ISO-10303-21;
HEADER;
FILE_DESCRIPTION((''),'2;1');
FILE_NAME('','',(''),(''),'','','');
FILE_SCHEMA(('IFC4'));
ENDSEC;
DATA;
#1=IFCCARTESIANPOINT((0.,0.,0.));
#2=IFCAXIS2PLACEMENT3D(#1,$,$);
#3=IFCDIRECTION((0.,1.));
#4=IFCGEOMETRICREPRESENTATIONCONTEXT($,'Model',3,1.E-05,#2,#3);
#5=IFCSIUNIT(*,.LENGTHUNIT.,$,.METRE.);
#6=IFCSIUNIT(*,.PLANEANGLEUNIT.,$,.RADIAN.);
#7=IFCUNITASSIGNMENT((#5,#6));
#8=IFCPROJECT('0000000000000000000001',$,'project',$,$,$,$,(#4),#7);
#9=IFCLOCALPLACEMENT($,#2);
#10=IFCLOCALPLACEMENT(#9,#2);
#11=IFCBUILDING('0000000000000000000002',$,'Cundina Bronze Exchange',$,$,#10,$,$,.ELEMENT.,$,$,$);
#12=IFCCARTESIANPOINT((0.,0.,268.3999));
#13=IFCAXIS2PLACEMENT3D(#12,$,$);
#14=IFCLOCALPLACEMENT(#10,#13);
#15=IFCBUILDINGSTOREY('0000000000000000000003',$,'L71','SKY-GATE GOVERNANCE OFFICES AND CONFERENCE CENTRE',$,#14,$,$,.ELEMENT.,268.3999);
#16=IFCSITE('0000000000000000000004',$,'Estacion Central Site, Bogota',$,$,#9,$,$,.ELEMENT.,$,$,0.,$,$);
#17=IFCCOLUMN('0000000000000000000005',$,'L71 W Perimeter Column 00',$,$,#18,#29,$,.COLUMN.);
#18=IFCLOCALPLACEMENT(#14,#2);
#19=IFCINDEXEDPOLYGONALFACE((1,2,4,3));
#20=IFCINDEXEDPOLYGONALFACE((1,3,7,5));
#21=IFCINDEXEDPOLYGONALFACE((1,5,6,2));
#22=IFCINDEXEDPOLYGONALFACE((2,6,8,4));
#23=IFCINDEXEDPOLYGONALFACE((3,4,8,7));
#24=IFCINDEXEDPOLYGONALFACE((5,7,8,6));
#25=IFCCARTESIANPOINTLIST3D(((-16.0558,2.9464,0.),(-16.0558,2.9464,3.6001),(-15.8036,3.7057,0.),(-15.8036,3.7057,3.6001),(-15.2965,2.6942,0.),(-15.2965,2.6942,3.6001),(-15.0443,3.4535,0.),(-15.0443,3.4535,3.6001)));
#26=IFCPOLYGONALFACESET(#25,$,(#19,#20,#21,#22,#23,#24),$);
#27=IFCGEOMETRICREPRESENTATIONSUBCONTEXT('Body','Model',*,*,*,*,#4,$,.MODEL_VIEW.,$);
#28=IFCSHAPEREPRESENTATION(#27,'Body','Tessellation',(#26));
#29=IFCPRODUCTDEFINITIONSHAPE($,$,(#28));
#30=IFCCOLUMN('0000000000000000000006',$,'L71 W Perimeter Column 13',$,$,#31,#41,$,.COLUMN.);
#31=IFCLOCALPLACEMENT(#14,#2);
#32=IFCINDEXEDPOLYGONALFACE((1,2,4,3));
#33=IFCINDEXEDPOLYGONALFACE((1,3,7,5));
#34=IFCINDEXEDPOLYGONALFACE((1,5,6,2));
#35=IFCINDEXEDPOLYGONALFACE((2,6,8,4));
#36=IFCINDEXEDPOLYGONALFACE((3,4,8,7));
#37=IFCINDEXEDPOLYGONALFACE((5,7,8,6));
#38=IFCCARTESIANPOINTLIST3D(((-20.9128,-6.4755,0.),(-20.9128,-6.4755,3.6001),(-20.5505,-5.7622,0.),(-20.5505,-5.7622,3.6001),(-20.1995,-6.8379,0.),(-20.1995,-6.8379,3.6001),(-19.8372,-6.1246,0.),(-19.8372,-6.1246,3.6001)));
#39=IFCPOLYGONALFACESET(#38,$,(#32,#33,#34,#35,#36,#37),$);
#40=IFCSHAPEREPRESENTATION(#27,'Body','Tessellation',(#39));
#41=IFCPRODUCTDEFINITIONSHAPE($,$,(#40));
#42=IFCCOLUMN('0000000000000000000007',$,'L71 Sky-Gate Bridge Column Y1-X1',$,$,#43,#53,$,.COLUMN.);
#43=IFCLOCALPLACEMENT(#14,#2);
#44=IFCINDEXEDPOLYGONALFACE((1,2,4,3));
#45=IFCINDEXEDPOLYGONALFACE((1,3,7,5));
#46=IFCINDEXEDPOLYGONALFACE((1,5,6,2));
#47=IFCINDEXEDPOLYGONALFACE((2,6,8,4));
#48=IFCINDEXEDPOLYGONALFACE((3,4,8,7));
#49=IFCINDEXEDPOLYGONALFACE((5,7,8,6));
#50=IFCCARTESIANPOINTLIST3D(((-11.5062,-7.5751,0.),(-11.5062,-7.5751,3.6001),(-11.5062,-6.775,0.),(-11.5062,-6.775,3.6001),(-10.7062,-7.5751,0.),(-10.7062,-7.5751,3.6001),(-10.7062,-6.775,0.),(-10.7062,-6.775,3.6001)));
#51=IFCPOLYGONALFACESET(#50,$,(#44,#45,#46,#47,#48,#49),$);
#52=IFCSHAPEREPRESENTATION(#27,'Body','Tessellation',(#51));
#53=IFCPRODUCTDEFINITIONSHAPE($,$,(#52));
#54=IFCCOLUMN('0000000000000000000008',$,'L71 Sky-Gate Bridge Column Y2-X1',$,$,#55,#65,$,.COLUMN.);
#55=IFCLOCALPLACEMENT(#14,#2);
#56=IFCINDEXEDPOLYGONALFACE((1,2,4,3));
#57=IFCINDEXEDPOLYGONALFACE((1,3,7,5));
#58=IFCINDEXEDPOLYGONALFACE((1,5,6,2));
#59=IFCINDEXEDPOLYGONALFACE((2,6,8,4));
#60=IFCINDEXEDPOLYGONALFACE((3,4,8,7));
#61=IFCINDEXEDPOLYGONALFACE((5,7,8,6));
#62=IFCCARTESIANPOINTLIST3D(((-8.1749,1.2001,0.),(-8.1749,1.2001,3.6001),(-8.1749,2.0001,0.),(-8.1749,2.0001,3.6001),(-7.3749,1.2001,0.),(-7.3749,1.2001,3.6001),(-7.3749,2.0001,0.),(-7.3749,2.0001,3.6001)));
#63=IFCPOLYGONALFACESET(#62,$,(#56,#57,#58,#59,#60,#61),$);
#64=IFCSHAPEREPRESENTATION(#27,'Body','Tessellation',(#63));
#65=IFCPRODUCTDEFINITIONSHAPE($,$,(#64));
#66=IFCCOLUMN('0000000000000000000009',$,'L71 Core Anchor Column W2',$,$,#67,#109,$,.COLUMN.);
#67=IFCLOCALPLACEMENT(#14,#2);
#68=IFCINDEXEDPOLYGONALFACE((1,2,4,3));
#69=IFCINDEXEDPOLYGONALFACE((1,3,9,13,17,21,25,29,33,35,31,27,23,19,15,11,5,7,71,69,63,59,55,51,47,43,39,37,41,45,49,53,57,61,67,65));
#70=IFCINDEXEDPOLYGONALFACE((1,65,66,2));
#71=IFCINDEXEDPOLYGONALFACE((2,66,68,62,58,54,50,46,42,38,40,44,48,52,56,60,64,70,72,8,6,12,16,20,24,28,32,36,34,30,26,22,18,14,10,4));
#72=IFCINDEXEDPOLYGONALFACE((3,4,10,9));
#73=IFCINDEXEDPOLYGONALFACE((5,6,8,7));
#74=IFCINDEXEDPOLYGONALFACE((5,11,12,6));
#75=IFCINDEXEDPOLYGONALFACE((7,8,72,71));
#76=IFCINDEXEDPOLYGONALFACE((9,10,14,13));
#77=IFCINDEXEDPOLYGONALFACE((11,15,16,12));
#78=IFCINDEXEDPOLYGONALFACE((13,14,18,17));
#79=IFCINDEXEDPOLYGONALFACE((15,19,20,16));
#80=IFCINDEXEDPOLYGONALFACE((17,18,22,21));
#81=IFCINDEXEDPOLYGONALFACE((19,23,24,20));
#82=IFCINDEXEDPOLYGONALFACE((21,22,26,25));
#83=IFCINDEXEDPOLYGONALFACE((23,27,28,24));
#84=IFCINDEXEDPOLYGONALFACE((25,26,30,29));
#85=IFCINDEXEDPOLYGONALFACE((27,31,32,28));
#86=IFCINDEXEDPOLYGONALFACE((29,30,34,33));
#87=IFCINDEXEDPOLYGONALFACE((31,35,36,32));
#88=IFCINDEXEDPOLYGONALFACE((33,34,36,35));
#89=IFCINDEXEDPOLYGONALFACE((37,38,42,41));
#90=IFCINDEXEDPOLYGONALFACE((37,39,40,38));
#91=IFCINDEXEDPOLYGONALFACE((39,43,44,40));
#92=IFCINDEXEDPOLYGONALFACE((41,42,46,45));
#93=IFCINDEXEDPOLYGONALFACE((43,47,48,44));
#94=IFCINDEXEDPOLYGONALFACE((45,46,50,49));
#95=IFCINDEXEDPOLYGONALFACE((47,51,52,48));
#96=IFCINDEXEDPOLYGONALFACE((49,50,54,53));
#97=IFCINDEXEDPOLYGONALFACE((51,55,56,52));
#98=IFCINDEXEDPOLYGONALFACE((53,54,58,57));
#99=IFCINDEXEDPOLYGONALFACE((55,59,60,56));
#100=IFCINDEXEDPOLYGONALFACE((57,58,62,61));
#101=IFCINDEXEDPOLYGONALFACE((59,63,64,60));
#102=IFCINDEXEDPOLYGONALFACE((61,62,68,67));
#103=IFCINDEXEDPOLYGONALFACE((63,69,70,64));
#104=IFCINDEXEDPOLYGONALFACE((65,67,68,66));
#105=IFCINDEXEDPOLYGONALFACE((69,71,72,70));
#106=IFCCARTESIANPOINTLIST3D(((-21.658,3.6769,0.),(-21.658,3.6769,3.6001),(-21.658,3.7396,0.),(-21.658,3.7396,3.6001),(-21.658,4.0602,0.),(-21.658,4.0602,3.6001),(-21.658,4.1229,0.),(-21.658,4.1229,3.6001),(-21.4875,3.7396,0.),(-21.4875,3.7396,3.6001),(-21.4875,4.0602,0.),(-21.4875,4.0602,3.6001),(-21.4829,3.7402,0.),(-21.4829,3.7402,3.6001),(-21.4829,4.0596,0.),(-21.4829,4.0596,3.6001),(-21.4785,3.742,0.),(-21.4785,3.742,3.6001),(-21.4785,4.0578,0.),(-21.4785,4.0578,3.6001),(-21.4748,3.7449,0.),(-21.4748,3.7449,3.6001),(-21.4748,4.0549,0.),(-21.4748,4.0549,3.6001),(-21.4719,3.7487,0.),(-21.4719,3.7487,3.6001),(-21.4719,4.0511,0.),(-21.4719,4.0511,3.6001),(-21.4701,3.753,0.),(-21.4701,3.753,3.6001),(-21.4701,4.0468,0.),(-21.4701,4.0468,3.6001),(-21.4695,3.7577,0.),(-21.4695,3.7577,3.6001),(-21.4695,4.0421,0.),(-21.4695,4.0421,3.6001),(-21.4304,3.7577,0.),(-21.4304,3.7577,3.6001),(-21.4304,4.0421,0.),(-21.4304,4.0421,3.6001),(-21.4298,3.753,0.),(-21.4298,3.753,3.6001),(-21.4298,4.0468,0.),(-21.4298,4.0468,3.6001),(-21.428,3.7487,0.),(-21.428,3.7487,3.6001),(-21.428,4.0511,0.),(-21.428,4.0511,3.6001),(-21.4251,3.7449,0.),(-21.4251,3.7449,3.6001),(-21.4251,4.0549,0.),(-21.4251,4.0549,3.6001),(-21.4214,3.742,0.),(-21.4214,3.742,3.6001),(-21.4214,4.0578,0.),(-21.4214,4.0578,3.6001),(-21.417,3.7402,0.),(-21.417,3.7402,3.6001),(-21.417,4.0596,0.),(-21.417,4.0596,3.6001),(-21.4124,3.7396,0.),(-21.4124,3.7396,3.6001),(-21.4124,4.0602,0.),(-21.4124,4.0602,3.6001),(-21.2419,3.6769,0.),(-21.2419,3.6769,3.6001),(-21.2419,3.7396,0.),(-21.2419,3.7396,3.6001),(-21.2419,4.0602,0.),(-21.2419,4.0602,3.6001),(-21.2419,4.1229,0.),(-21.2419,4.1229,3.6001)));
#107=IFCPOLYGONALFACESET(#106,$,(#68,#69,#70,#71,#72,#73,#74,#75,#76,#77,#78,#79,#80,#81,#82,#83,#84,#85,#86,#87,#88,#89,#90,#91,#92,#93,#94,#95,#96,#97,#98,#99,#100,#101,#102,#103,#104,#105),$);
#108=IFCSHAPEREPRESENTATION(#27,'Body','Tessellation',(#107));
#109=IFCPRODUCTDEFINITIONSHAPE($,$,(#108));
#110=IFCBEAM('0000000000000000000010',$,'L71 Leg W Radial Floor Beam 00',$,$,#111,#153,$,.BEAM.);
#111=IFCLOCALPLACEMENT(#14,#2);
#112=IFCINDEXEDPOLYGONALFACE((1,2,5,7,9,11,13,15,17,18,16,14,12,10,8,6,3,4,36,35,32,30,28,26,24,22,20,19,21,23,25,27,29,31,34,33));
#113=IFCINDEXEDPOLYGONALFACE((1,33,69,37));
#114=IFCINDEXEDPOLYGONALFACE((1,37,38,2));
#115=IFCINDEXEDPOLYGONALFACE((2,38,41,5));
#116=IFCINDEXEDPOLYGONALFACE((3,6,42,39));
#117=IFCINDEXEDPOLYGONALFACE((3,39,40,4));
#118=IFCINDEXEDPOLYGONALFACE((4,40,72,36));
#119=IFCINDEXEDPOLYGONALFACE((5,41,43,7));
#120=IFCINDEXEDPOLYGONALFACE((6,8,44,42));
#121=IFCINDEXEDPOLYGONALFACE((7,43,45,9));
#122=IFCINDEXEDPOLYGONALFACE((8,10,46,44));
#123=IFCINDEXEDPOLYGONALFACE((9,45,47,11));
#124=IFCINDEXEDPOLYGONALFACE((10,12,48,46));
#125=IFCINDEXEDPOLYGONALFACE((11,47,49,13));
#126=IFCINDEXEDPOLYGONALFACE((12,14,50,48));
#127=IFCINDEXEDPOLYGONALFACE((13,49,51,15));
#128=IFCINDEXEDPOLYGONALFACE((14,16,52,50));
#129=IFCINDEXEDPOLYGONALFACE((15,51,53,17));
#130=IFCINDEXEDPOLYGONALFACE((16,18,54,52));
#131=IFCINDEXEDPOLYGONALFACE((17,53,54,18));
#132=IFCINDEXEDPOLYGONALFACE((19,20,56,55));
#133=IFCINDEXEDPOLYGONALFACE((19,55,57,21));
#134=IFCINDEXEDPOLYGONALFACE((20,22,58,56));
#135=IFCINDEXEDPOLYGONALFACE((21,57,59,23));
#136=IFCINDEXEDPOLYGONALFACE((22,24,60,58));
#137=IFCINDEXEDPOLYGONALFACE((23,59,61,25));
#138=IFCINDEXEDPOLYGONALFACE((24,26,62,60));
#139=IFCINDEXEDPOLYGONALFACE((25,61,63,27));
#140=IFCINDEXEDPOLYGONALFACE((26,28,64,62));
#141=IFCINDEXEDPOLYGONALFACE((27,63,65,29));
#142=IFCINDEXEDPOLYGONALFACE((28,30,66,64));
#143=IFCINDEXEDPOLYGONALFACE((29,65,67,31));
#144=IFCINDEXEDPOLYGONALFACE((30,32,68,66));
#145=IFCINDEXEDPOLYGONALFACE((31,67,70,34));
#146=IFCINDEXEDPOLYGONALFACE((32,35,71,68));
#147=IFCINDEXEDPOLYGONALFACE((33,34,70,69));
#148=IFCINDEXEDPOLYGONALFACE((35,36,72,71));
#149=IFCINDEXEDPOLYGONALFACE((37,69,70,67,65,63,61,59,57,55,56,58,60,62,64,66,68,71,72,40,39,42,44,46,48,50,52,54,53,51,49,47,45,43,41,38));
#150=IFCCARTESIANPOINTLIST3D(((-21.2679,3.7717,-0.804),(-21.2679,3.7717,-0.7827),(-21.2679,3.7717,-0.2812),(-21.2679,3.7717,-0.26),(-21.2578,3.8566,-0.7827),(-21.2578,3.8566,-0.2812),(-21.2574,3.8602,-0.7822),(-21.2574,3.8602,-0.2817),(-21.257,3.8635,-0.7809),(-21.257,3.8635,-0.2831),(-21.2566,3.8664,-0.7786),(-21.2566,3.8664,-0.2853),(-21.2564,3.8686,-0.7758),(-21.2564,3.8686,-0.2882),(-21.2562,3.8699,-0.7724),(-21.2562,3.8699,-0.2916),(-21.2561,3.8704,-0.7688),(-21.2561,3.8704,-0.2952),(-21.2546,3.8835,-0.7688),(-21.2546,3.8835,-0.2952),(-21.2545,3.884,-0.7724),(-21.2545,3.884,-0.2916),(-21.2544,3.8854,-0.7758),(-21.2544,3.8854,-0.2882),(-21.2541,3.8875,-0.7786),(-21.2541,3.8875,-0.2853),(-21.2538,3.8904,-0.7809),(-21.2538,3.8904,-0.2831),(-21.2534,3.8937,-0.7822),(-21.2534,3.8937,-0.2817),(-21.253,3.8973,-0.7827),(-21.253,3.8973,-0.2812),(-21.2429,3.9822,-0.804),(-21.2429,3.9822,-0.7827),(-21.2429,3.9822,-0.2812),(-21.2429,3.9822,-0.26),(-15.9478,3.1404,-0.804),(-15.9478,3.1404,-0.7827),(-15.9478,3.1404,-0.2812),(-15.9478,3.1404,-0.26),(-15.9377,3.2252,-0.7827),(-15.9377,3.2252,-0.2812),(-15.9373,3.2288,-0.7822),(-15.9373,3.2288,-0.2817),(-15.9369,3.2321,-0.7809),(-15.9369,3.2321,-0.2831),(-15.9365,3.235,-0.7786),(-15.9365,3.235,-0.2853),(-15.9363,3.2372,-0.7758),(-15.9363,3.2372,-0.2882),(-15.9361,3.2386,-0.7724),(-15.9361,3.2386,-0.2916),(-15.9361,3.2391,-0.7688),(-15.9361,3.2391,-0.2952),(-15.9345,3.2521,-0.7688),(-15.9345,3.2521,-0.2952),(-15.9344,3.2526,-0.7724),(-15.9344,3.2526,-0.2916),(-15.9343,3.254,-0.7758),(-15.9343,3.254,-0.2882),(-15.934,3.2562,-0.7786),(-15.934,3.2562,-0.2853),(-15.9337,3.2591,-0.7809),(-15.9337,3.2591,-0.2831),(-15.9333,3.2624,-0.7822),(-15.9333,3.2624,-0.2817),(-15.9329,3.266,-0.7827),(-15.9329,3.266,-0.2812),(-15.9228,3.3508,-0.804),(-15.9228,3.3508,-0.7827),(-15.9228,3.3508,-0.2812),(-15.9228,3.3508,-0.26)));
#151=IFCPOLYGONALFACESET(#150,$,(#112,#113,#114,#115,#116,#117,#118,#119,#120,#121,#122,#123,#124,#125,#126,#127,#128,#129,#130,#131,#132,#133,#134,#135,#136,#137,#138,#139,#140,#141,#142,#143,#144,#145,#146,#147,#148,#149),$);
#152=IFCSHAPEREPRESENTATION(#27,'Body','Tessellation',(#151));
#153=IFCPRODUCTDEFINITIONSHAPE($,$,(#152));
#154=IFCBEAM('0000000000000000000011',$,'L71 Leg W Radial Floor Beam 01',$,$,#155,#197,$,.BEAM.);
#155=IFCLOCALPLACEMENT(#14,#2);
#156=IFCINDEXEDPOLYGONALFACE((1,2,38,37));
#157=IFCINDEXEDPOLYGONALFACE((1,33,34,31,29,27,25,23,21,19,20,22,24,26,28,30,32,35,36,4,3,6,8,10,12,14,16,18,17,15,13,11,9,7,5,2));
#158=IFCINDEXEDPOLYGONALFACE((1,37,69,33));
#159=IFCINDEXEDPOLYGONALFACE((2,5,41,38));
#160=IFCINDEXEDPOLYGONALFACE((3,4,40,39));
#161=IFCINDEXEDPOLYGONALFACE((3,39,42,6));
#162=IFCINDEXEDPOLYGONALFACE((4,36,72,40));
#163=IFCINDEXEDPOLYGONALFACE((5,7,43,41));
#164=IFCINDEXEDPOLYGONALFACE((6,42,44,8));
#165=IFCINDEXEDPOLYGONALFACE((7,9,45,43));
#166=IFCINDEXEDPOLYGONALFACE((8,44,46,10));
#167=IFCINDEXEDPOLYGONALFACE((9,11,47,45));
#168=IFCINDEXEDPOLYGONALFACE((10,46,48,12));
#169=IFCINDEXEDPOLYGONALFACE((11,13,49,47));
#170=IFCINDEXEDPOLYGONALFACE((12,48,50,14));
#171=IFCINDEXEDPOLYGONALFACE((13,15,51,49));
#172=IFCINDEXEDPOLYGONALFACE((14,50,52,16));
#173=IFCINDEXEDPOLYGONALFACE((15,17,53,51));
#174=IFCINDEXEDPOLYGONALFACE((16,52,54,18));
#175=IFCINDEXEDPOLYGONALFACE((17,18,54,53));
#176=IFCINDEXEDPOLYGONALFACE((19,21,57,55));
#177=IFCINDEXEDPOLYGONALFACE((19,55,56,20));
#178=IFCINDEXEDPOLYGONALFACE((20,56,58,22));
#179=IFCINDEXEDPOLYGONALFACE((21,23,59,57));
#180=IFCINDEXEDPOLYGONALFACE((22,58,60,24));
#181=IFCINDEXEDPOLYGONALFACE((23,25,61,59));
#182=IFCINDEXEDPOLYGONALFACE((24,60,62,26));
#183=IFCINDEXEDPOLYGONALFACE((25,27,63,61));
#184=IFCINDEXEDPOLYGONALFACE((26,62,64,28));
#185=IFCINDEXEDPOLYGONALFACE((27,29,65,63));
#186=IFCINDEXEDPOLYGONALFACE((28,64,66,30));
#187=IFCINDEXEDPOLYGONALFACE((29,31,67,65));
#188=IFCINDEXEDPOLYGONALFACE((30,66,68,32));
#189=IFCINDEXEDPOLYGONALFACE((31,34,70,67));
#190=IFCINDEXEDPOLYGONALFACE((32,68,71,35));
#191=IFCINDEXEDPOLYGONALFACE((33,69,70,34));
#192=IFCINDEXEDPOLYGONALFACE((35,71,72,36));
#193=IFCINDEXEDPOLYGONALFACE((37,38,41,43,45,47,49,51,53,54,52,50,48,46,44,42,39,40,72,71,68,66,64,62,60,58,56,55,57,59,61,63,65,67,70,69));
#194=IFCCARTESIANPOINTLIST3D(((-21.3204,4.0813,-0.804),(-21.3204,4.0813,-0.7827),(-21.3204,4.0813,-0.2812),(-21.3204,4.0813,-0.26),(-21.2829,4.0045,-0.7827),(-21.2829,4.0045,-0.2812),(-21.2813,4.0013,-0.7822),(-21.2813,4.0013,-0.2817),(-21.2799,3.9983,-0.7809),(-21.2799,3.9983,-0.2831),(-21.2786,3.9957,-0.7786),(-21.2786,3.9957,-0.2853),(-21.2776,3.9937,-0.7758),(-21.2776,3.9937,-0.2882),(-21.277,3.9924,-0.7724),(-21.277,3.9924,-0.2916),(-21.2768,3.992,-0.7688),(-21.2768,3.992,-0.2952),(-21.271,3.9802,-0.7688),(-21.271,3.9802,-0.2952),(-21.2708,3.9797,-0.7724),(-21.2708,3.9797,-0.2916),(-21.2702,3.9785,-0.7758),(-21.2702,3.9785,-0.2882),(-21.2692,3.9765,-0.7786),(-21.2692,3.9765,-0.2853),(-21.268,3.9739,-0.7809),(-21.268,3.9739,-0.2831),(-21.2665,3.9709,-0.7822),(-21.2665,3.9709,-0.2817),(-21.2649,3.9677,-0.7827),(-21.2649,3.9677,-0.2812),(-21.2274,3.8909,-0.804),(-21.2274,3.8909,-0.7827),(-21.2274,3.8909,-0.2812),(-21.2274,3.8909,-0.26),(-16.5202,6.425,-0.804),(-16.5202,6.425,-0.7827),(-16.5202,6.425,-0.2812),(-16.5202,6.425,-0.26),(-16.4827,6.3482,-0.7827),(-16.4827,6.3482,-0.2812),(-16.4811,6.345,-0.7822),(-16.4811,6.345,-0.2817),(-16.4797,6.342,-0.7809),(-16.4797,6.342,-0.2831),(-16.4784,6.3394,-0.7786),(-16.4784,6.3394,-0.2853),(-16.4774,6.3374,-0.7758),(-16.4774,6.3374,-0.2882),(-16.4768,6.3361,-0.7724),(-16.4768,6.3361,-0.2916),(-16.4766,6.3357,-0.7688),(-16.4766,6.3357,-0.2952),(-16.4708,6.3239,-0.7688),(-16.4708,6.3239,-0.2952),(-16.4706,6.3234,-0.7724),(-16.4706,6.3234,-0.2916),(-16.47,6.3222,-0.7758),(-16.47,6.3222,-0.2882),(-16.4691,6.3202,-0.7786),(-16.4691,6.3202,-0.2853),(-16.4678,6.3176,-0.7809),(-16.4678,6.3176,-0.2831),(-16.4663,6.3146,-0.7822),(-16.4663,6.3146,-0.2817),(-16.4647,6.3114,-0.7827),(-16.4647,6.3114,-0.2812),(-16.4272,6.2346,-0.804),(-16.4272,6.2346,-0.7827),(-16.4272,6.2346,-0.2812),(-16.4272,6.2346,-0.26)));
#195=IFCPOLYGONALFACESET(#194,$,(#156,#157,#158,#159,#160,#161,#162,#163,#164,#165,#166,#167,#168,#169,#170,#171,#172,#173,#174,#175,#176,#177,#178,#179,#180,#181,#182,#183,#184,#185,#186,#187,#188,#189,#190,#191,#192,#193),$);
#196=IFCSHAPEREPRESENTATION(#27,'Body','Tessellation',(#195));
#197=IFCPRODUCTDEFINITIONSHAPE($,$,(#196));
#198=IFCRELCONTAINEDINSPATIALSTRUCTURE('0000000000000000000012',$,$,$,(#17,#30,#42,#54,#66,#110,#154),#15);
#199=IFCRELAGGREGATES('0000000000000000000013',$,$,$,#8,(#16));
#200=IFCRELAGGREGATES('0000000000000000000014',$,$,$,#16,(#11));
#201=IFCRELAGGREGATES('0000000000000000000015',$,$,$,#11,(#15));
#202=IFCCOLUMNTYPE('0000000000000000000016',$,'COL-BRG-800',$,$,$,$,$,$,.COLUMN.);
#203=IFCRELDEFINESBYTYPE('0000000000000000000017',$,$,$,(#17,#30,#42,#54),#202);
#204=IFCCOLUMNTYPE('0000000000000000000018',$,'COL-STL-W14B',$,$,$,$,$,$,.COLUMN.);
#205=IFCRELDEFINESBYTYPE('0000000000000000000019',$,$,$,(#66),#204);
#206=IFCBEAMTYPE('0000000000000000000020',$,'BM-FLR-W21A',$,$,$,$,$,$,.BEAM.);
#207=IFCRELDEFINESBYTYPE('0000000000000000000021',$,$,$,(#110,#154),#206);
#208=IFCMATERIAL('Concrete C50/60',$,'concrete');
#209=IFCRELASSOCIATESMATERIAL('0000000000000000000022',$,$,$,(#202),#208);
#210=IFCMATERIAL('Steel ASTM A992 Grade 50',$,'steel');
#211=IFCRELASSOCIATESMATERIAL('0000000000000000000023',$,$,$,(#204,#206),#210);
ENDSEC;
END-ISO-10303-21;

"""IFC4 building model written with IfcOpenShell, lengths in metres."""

from ifc_helpers import new_model, si_unit, direction, frame, origin, origin_2d, place, context, subcontext, project, spatial, rectangle, i_section, extrude, material, material_profile, profile_set, type_object, element, save


model = new_model("IFC4")

# Units and contexts
model_context = context("Model", 3, precision=1e-05, world=origin(), true_north=direction((0.0, 1.0)))
body_context = subcontext(model_context, "Body", "Model", "MODEL_VIEW")
ifc_project = project(units=[si_unit("LENGTHUNIT", "METRE"), si_unit("PLANEANGLEUNIT", "RADIAN")], contexts=[model_context])

# Site, building, storey
site_placement = place(None, origin())
site = spatial("IfcSite", under=ifc_project, at=site_placement, Name="Estacion Central Site, Bogota", CompositionType="ELEMENT", RefElevation=0.0)
building_placement = place(site_placement, origin())
building = spatial("IfcBuilding", under=site, at=building_placement, Name="Cundina Bronze Exchange", CompositionType="ELEMENT")
storey_placement = place(building_placement, frame((0.0, 0.0, 268.3999)))
storey = spatial("IfcBuildingStorey", under=building, at=storey_placement, Name="L71", Description="SKY-GATE GOVERNANCE OFFICES AND CONFERENCE CENTRE", CompositionType="ELEMENT", Elevation=268.3999)

# Columns
ifc_material_1 = material(Name="Concrete C50/60", Category="concrete")
ifc_material_profile_1 = material_profile(ifc_material_1, rectangle(XDim=0.8, YDim=0.8, at=origin_2d()), Name="RC800X800", Category="concrete")
ifc_profile_set_1 = profile_set([ifc_material_profile_1], Name="Concrete C50/60")
column_type_1 = type_object("IfcColumnType", Name="COL-BRG-800", PredefinedType="COLUMN", material=ifc_profile_set_1)
for number, where, z_axis, x_axis, name in (
    (1, (-15.55, 3.2, 0.0), (0.0, 0.0, 1.0), (0.315152, 0.949041, 0.0), "L71 W Perimeter Column 00"),
    (2, (-20.375, -6.3, 0.0), (0.0, 0.0, 1.0), (0.452902, 0.891561, 0.0), "L71 W Perimeter Column 13"),
    (3, (-11.1062, -7.175, 0.0), (0.0, 0.0, 1.0), (1.0, 0.0, 0.0), "L71 Sky-Gate Bridge Column Y1-X1"),
    (4, (-7.7749, 1.6001, 0.0), (0.0, 0.0, 1.0), (1.0, 0.0, 0.0), "L71 Sky-Gate Bridge Column Y2-X1"),
):
    element("IfcColumn", number, at=place(storey_placement, frame(where, z_axis=z_axis, x_axis=x_axis)), inside=storey, type_object=column_type_1, Name=name, PredefinedType="COLUMN", context=body_context, shape_type="SweptSolid", body=[
        extrude(rectangle(XDim=0.8, YDim=0.8, at=origin_2d()), origin(), (0.0, 0.0, 1.0), 3.6001),
    ])
ifc_material_2 = material(Name="Steel ASTM A992 Grade 50", Category="steel")
ifc_material_profile_2 = material_profile(ifc_material_2, i_section(OverallWidth=0.416, OverallDepth=0.446, WebThickness=0.0391, FlangeThickness=0.0627, FilletRadius=0.0181, at=origin_2d()), Name="W14X342", Category="steel")
ifc_profile_set_2 = profile_set([ifc_material_profile_2], Name="Steel ASTM A992 Grade 50")
column_type_2 = type_object("IfcColumnType", Name="COL-STL-W14B", PredefinedType="COLUMN", material=ifc_profile_set_2)
column_placement = place(storey_placement, frame((-21.45, 3.8999, 0.0), z_axis=(0.0, 0.0, 1.0), x_axis=(1.0, 0.0, 0.0)))
element("IfcColumn", 5, at=column_placement, inside=storey, type_object=column_type_2, Name="L71 Core Anchor Column W2", PredefinedType="COLUMN", context=body_context, shape_type="SweptSolid", body=[
    extrude(i_section(OverallWidth=0.416, OverallDepth=0.446, WebThickness=0.0391, FlangeThickness=0.0627, FilletRadius=0.0181, at=origin_2d()), origin(), (0.0, 0.0, 1.0), 3.6001),
])

# Beams
ifc_material_profile_3 = material_profile(ifc_material_2, i_section(OverallWidth=0.2119, OverallDepth=0.5439, WebThickness=0.0132, FlangeThickness=0.0212, FilletRadius=0.0139, at=origin_2d()), Name="W21X83", Category="steel")
ifc_profile_set_3 = profile_set([ifc_material_profile_3], Name="Steel ASTM A992 Grade 50")
beam_type_1 = type_object("IfcBeamType", Name="BM-FLR-W21A", PredefinedType="BEAM", material=ifc_profile_set_3)
beam_1_placement = place(storey_placement, frame((-21.2554, 3.877, -0.532), z_axis=(0.993032, -0.117846, 0.0), x_axis=(0.117846, 0.993032, 0.0)))
element("IfcBeam", 6, at=beam_1_placement, inside=storey, type_object=beam_type_1, Name="L71 Leg W Radial Floor Beam 00", PredefinedType="BEAM", context=body_context, shape_type="SweptSolid", body=[
    extrude(i_section(OverallWidth=0.2119, OverallDepth=0.5439, WebThickness=0.0132, FlangeThickness=0.0212, FilletRadius=0.0139, at=origin_2d()), origin(), (0.0, 0.0, 1.0), 5.3574),
])
beam_2_placement = place(storey_placement, frame((-21.2739, 3.9861, -0.532), z_axis=(0.89861, 0.438748, 0.0), x_axis=(-0.438748, 0.89861, 0.0)))
element("IfcBeam", 7, at=beam_2_placement, inside=storey, type_object=beam_type_1, Name="L71 Leg W Radial Floor Beam 01", PredefinedType="BEAM", context=body_context, shape_type="SweptSolid", body=[
    extrude(i_section(OverallWidth=0.2119, OverallDepth=0.5439, WebThickness=0.0132, FlangeThickness=0.0212, FilletRadius=0.0139, at=origin_2d()), origin(), (0.0, 0.0, 1.0), 5.3418),
])

save(model, "model.ifc")
